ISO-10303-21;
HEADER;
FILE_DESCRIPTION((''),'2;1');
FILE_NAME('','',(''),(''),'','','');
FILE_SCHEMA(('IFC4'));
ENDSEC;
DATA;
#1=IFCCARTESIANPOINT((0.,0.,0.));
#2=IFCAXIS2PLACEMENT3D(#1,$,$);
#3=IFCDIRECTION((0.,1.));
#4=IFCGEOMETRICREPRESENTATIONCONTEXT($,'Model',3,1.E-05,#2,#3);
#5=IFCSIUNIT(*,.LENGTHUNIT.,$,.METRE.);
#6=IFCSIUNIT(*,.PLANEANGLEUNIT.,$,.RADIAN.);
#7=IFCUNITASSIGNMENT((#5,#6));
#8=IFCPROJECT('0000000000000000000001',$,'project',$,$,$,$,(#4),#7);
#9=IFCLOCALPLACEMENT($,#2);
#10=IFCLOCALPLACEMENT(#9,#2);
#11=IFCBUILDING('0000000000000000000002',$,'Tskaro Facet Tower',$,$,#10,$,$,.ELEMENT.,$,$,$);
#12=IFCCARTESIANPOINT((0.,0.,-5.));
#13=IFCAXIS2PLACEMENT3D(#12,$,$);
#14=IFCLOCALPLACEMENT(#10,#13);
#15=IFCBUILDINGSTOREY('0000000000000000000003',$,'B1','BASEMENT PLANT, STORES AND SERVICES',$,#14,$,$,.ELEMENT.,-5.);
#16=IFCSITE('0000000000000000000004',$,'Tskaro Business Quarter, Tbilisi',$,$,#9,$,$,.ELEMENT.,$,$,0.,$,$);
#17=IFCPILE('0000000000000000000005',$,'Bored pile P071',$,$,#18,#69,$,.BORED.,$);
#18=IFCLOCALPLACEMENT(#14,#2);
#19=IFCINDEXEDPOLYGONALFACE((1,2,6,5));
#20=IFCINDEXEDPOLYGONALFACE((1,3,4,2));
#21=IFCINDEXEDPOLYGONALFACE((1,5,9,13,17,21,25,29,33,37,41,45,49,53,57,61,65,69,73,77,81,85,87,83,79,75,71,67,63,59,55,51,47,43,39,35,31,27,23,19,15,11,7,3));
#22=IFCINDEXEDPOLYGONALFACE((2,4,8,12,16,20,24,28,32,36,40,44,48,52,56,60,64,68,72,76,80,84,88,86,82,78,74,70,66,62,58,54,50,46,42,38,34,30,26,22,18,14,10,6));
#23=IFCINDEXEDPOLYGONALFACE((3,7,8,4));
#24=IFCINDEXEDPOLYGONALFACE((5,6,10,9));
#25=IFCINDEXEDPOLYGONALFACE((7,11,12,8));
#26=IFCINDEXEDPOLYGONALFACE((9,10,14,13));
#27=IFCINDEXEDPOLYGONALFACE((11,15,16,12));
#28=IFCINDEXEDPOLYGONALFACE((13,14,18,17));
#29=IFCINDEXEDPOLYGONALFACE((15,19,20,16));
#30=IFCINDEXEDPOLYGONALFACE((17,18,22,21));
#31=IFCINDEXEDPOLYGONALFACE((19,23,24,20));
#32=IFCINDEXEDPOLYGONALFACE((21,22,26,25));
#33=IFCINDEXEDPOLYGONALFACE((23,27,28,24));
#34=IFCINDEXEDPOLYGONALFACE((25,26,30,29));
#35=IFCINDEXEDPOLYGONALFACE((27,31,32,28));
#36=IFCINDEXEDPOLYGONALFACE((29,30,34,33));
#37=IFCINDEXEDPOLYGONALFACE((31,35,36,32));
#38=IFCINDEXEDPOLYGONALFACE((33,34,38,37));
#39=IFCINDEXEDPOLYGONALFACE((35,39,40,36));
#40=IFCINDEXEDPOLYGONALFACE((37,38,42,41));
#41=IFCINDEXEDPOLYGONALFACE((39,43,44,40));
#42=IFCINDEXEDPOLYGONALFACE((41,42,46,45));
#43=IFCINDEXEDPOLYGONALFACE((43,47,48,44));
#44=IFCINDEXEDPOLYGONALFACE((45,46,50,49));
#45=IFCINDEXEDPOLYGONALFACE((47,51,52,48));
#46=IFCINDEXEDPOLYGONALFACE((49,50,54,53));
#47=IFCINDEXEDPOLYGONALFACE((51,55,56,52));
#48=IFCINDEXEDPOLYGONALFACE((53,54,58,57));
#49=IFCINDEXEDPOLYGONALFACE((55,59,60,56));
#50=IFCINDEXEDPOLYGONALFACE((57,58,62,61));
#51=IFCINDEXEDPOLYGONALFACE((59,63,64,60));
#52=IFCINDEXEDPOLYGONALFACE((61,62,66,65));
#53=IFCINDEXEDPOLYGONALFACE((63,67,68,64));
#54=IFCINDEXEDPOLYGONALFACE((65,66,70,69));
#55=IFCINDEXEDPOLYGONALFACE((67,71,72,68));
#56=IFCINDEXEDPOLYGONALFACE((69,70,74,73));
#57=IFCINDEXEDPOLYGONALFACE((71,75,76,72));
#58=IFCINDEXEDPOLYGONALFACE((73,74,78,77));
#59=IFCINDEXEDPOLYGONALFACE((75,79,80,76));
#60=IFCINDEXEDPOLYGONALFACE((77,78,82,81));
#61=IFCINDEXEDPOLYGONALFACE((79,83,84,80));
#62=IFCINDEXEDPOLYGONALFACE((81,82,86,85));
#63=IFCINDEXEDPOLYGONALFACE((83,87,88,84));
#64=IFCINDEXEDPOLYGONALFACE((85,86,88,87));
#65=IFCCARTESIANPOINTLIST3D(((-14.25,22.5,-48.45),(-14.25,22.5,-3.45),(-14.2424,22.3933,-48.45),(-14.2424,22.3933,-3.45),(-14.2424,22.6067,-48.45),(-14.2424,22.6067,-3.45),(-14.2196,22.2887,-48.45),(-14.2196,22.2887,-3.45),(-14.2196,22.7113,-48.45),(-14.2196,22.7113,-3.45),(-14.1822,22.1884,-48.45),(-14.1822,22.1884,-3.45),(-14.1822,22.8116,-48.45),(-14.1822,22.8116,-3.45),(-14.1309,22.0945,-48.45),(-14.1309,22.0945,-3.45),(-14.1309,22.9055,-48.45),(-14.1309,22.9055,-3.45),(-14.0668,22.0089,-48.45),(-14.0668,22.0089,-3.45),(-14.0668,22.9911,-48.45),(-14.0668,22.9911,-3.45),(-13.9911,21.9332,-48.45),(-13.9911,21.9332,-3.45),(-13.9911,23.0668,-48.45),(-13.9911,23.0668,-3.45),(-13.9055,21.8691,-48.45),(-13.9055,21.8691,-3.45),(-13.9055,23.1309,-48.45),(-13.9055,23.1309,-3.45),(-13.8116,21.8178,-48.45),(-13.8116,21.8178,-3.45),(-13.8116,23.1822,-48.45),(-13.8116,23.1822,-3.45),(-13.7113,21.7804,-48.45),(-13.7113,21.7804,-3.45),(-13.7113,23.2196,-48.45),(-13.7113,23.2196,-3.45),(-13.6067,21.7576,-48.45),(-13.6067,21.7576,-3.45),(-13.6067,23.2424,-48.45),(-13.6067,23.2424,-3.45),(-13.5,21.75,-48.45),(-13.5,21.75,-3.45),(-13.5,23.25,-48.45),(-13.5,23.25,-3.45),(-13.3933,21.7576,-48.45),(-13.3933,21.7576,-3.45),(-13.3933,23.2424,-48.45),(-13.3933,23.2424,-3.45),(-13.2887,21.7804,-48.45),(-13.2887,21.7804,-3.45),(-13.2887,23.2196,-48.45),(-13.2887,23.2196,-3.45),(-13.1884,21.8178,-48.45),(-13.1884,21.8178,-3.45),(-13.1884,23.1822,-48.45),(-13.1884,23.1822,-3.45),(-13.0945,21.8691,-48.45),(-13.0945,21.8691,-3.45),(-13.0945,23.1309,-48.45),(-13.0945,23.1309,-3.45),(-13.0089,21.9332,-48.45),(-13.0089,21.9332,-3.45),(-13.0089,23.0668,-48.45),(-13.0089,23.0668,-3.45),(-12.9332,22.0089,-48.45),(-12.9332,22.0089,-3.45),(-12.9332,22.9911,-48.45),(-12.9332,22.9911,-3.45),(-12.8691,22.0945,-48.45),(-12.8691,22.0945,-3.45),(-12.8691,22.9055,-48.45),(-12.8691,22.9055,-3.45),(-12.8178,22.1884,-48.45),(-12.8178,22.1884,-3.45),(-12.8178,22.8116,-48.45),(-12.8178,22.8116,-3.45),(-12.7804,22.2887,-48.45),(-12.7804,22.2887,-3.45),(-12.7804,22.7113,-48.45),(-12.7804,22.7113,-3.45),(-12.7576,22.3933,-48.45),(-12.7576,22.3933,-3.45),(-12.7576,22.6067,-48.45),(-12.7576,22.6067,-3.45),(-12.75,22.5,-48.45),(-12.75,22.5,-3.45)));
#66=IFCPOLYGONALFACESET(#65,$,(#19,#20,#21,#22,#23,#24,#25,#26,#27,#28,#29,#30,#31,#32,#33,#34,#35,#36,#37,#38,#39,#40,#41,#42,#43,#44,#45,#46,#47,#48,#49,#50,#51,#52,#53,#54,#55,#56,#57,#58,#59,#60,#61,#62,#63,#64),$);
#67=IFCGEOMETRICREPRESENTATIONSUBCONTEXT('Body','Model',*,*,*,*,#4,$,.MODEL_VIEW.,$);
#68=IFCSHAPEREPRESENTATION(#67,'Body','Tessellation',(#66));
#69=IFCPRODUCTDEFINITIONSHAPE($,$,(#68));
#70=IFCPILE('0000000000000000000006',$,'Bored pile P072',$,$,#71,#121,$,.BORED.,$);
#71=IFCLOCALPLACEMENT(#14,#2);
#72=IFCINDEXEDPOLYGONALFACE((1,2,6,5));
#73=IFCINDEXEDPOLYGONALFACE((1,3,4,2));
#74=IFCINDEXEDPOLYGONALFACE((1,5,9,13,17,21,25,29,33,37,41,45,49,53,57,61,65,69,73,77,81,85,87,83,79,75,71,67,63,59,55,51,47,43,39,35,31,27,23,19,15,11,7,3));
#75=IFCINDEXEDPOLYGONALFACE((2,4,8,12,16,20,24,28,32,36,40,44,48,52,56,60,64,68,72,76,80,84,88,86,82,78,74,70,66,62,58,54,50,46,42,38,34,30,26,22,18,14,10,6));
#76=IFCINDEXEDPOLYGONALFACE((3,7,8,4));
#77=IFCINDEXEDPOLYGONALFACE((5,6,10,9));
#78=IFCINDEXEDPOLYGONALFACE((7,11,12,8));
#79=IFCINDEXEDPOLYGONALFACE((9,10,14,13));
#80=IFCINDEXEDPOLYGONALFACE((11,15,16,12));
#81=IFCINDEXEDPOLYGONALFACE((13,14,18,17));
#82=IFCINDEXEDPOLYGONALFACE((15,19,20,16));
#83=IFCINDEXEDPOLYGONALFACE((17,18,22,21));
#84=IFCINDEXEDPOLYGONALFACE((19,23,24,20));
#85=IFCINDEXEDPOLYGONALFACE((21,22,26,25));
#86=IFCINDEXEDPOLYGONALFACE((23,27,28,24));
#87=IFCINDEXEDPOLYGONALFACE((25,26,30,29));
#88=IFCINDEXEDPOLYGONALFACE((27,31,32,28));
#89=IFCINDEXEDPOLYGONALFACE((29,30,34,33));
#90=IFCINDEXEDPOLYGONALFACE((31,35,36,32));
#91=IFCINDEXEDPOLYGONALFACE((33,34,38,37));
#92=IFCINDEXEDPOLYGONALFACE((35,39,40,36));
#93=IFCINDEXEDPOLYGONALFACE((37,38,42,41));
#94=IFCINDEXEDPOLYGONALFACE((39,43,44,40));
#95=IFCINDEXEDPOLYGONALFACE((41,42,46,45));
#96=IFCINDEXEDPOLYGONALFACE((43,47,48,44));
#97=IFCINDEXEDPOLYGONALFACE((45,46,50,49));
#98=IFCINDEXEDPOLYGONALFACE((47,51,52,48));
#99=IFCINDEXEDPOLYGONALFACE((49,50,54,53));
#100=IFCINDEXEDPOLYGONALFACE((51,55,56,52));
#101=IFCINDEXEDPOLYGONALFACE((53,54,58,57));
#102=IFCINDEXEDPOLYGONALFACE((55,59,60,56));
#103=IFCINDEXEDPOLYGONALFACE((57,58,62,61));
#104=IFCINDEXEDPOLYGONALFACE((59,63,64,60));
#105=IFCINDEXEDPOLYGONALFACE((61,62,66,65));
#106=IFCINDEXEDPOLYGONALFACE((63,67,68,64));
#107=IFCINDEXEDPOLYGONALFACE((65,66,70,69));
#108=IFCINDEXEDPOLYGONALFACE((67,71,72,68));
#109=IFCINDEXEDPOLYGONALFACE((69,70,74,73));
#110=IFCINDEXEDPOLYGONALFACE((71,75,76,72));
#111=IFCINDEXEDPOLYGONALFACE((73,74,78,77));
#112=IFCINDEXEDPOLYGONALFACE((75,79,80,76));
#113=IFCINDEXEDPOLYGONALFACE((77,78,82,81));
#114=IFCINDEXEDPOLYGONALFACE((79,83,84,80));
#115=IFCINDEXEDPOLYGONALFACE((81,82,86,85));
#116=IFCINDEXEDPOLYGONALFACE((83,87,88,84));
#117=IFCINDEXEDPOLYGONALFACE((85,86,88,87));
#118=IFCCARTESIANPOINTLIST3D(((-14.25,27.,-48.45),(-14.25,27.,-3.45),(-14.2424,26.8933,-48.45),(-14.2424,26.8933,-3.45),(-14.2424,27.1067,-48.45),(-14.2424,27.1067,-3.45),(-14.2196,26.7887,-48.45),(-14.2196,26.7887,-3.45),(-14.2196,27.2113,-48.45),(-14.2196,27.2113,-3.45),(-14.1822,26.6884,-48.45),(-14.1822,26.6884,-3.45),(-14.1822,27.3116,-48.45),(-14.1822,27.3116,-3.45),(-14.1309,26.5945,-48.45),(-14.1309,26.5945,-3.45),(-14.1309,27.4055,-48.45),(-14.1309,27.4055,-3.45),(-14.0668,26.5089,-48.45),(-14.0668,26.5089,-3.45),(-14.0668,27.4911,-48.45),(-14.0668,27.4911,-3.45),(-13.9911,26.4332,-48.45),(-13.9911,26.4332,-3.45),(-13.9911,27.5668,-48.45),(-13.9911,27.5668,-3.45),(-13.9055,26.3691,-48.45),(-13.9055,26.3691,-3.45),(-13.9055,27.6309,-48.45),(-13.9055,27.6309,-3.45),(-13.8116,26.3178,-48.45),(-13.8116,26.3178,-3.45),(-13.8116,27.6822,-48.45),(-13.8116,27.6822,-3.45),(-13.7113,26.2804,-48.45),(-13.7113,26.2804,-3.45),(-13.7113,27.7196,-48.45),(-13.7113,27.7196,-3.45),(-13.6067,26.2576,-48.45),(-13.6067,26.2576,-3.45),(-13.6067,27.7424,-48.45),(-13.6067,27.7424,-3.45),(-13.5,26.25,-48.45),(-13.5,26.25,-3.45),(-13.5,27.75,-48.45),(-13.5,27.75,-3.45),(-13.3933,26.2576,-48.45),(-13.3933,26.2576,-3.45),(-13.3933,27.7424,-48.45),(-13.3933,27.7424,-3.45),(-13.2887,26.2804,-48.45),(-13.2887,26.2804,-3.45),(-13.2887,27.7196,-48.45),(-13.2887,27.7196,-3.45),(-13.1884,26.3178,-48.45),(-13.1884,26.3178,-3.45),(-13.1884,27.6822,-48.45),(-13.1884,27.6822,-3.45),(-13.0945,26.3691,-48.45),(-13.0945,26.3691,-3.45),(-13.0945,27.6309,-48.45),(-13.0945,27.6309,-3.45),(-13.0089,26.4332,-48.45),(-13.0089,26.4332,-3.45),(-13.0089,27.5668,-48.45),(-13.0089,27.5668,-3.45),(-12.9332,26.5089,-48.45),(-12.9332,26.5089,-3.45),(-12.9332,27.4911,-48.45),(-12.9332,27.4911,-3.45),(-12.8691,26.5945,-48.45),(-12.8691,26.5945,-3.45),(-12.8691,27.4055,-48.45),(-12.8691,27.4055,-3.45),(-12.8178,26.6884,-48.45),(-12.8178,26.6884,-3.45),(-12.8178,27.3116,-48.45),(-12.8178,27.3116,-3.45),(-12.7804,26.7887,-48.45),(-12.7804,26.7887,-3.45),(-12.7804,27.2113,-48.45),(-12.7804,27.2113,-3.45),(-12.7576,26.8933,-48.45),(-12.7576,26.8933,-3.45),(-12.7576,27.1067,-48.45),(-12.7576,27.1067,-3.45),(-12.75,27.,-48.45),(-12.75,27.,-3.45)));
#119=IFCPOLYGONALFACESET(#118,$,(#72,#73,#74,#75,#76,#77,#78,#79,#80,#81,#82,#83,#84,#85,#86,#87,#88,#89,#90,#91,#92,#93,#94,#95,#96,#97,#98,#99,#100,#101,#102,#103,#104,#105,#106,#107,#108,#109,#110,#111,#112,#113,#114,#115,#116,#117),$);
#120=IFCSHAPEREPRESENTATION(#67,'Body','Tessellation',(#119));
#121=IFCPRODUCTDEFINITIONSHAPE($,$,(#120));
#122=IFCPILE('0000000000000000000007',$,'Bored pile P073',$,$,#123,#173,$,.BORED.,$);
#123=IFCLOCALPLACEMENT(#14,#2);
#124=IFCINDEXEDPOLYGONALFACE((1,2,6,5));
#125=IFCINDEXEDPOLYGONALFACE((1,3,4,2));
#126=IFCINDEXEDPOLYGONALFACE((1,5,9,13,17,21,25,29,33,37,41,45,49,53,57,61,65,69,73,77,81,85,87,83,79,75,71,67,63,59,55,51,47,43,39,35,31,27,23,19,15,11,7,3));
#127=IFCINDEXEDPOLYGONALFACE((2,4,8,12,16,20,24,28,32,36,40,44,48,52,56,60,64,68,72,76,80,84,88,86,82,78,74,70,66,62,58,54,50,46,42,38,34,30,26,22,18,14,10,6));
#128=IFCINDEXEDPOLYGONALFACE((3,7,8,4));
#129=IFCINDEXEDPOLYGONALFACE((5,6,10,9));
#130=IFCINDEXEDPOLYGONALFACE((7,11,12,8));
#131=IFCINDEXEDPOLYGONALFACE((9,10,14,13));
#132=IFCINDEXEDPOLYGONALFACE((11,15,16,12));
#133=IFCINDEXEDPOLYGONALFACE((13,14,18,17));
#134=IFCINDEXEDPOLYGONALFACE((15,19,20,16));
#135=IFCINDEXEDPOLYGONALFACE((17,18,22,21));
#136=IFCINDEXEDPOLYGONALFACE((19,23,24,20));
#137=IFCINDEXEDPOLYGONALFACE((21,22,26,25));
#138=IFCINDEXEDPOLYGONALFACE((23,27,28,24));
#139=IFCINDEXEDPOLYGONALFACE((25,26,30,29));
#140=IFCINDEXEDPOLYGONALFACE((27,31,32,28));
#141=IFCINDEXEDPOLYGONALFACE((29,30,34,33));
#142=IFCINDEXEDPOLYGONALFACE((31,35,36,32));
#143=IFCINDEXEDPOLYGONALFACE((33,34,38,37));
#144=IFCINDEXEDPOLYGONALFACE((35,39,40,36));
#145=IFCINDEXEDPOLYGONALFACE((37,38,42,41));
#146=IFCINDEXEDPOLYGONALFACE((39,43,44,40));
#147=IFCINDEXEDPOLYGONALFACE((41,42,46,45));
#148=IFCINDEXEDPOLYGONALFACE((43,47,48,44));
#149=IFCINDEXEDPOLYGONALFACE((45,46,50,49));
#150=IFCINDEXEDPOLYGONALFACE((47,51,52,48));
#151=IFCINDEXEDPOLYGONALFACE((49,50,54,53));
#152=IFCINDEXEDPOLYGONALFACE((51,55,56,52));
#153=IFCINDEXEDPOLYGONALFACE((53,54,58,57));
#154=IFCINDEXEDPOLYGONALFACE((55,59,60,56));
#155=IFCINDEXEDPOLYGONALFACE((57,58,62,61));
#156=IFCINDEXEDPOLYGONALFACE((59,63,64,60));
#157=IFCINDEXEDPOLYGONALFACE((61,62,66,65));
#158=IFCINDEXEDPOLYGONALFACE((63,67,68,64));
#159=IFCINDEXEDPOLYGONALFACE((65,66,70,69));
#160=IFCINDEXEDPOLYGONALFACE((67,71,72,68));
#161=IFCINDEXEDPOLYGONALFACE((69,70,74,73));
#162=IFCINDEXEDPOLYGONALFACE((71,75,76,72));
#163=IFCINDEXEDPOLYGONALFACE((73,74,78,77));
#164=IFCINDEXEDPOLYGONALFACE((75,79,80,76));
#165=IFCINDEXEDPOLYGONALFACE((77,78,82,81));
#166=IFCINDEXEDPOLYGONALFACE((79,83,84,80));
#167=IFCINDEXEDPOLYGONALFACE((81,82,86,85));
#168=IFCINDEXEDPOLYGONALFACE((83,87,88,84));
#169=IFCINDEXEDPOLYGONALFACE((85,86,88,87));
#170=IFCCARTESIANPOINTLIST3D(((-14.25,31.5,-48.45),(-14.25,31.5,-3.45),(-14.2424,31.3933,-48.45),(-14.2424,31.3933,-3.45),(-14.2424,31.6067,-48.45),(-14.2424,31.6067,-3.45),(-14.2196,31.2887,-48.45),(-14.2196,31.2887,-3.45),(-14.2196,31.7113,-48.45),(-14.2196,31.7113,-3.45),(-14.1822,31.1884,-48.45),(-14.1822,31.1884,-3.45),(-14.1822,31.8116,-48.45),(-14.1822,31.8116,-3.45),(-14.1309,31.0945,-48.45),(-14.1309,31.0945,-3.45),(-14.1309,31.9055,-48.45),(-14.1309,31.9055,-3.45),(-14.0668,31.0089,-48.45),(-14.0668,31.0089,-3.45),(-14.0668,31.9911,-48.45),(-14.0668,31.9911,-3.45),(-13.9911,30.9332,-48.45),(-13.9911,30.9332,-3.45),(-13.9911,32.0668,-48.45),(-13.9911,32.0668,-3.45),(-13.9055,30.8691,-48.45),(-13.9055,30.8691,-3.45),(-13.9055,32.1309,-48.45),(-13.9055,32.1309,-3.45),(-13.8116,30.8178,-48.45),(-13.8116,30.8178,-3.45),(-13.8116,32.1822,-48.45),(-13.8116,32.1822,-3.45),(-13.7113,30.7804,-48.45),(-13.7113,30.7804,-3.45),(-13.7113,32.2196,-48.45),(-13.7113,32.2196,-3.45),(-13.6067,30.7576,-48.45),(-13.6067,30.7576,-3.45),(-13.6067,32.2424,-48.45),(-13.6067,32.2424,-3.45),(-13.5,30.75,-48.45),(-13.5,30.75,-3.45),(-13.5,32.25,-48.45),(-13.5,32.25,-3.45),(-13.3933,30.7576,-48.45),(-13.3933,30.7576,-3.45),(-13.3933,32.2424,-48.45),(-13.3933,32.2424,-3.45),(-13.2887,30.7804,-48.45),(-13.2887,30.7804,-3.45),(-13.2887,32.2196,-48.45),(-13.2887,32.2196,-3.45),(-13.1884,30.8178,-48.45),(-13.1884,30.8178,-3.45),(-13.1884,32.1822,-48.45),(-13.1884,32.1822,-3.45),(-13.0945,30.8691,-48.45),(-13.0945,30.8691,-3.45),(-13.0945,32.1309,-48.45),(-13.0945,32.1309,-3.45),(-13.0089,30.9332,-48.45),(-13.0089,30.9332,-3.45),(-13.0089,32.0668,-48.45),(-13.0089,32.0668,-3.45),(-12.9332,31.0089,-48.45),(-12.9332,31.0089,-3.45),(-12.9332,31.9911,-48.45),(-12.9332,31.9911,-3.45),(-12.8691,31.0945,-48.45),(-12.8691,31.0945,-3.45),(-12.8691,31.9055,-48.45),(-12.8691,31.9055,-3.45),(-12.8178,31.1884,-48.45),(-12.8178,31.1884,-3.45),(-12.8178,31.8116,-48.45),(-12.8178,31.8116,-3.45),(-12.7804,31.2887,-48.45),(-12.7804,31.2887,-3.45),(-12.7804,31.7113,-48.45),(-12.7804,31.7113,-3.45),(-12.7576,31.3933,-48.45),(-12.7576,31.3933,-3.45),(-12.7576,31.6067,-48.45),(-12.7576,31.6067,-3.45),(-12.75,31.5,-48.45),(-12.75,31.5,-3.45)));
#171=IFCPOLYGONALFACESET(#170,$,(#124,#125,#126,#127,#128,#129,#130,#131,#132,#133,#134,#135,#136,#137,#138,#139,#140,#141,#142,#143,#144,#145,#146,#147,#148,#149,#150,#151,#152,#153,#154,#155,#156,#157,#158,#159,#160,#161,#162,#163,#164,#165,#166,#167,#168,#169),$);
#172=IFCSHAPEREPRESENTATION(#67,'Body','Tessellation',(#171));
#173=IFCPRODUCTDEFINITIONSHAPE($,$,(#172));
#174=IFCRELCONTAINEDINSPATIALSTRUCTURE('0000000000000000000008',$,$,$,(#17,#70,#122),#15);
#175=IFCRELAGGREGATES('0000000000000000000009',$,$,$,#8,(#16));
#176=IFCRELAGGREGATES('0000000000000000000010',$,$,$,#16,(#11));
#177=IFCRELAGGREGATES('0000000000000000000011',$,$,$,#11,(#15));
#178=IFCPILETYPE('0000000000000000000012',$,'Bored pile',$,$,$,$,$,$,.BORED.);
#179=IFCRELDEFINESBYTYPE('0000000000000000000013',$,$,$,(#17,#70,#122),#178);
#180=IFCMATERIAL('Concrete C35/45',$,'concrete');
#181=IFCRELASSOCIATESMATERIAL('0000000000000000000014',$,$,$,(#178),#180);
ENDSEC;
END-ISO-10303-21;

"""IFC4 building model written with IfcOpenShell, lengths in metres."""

from ifc_helpers import new_model, si_unit, direction, frame, origin, origin_2d, place, context, subcontext, project, spatial, circle, extrude, material, material_profile, profile_set, type_object, element, save


model = new_model("IFC4")

# Units and contexts
model_context = context("Model", 3, precision=1e-05, world=origin(), true_north=direction((0.0, 1.0)))
body_context = subcontext(model_context, "Body", "Model", "MODEL_VIEW")
ifc_project = project(units=[si_unit("LENGTHUNIT", "METRE"), si_unit("PLANEANGLEUNIT", "RADIAN")], contexts=[model_context])

# Site, building, storey
site_placement = place(None, origin())
site = spatial("IfcSite", under=ifc_project, at=site_placement, Name="Tskaro Business Quarter, Tbilisi", CompositionType="ELEMENT", RefElevation=0.0)
building_placement = place(site_placement, origin())
building = spatial("IfcBuilding", under=site, at=building_placement, Name="Tskaro Facet Tower", CompositionType="ELEMENT")
storey_placement = place(building_placement, frame((0.0, 0.0, -5.0)))
storey = spatial("IfcBuildingStorey", under=building, at=storey_placement, Name="B1", Description="BASEMENT PLANT, STORES AND SERVICES", CompositionType="ELEMENT", Elevation=-5.0)

# Piles
ifc_material_1 = material(Name="Concrete C35/45", Category="concrete")
ifc_material_profile_1 = material_profile(ifc_material_1, circle(Radius=0.75, at=origin_2d()), Name="Bored pile")
ifc_profile_set_1 = profile_set([ifc_material_profile_1], Name="Concrete C35/45")
pile_type = type_object("IfcPileType", Name="Bored pile", PredefinedType="BORED", material=ifc_profile_set_1)
for number, where, z_axis, x_axis, name in (
    (1, (-13.5, 22.5, -3.45), (0.0, 0.0, -1.0), (1.0, 0.0, 0.0), "Bored pile P071"),
    (2, (-13.5, 27.0, -3.45), (0.0, 0.0, -1.0), (1.0, 0.0, 0.0), "Bored pile P072"),
    (3, (-13.5, 31.5, -3.45), (0.0, 0.0, -1.0), (1.0, 0.0, 0.0), "Bored pile P073"),
):
    element("IfcPile", number, at=place(storey_placement, frame(where, z_axis=z_axis, x_axis=x_axis)), inside=storey, type_object=pile_type, Name=name, PredefinedType="BORED", context=body_context, shape_type="SweptSolid", body=[
        extrude(circle(Radius=0.75, at=origin_2d()), origin(), (0.0, 0.0, 1.0), 45.0),
    ])

save(model, "model.ifc")
